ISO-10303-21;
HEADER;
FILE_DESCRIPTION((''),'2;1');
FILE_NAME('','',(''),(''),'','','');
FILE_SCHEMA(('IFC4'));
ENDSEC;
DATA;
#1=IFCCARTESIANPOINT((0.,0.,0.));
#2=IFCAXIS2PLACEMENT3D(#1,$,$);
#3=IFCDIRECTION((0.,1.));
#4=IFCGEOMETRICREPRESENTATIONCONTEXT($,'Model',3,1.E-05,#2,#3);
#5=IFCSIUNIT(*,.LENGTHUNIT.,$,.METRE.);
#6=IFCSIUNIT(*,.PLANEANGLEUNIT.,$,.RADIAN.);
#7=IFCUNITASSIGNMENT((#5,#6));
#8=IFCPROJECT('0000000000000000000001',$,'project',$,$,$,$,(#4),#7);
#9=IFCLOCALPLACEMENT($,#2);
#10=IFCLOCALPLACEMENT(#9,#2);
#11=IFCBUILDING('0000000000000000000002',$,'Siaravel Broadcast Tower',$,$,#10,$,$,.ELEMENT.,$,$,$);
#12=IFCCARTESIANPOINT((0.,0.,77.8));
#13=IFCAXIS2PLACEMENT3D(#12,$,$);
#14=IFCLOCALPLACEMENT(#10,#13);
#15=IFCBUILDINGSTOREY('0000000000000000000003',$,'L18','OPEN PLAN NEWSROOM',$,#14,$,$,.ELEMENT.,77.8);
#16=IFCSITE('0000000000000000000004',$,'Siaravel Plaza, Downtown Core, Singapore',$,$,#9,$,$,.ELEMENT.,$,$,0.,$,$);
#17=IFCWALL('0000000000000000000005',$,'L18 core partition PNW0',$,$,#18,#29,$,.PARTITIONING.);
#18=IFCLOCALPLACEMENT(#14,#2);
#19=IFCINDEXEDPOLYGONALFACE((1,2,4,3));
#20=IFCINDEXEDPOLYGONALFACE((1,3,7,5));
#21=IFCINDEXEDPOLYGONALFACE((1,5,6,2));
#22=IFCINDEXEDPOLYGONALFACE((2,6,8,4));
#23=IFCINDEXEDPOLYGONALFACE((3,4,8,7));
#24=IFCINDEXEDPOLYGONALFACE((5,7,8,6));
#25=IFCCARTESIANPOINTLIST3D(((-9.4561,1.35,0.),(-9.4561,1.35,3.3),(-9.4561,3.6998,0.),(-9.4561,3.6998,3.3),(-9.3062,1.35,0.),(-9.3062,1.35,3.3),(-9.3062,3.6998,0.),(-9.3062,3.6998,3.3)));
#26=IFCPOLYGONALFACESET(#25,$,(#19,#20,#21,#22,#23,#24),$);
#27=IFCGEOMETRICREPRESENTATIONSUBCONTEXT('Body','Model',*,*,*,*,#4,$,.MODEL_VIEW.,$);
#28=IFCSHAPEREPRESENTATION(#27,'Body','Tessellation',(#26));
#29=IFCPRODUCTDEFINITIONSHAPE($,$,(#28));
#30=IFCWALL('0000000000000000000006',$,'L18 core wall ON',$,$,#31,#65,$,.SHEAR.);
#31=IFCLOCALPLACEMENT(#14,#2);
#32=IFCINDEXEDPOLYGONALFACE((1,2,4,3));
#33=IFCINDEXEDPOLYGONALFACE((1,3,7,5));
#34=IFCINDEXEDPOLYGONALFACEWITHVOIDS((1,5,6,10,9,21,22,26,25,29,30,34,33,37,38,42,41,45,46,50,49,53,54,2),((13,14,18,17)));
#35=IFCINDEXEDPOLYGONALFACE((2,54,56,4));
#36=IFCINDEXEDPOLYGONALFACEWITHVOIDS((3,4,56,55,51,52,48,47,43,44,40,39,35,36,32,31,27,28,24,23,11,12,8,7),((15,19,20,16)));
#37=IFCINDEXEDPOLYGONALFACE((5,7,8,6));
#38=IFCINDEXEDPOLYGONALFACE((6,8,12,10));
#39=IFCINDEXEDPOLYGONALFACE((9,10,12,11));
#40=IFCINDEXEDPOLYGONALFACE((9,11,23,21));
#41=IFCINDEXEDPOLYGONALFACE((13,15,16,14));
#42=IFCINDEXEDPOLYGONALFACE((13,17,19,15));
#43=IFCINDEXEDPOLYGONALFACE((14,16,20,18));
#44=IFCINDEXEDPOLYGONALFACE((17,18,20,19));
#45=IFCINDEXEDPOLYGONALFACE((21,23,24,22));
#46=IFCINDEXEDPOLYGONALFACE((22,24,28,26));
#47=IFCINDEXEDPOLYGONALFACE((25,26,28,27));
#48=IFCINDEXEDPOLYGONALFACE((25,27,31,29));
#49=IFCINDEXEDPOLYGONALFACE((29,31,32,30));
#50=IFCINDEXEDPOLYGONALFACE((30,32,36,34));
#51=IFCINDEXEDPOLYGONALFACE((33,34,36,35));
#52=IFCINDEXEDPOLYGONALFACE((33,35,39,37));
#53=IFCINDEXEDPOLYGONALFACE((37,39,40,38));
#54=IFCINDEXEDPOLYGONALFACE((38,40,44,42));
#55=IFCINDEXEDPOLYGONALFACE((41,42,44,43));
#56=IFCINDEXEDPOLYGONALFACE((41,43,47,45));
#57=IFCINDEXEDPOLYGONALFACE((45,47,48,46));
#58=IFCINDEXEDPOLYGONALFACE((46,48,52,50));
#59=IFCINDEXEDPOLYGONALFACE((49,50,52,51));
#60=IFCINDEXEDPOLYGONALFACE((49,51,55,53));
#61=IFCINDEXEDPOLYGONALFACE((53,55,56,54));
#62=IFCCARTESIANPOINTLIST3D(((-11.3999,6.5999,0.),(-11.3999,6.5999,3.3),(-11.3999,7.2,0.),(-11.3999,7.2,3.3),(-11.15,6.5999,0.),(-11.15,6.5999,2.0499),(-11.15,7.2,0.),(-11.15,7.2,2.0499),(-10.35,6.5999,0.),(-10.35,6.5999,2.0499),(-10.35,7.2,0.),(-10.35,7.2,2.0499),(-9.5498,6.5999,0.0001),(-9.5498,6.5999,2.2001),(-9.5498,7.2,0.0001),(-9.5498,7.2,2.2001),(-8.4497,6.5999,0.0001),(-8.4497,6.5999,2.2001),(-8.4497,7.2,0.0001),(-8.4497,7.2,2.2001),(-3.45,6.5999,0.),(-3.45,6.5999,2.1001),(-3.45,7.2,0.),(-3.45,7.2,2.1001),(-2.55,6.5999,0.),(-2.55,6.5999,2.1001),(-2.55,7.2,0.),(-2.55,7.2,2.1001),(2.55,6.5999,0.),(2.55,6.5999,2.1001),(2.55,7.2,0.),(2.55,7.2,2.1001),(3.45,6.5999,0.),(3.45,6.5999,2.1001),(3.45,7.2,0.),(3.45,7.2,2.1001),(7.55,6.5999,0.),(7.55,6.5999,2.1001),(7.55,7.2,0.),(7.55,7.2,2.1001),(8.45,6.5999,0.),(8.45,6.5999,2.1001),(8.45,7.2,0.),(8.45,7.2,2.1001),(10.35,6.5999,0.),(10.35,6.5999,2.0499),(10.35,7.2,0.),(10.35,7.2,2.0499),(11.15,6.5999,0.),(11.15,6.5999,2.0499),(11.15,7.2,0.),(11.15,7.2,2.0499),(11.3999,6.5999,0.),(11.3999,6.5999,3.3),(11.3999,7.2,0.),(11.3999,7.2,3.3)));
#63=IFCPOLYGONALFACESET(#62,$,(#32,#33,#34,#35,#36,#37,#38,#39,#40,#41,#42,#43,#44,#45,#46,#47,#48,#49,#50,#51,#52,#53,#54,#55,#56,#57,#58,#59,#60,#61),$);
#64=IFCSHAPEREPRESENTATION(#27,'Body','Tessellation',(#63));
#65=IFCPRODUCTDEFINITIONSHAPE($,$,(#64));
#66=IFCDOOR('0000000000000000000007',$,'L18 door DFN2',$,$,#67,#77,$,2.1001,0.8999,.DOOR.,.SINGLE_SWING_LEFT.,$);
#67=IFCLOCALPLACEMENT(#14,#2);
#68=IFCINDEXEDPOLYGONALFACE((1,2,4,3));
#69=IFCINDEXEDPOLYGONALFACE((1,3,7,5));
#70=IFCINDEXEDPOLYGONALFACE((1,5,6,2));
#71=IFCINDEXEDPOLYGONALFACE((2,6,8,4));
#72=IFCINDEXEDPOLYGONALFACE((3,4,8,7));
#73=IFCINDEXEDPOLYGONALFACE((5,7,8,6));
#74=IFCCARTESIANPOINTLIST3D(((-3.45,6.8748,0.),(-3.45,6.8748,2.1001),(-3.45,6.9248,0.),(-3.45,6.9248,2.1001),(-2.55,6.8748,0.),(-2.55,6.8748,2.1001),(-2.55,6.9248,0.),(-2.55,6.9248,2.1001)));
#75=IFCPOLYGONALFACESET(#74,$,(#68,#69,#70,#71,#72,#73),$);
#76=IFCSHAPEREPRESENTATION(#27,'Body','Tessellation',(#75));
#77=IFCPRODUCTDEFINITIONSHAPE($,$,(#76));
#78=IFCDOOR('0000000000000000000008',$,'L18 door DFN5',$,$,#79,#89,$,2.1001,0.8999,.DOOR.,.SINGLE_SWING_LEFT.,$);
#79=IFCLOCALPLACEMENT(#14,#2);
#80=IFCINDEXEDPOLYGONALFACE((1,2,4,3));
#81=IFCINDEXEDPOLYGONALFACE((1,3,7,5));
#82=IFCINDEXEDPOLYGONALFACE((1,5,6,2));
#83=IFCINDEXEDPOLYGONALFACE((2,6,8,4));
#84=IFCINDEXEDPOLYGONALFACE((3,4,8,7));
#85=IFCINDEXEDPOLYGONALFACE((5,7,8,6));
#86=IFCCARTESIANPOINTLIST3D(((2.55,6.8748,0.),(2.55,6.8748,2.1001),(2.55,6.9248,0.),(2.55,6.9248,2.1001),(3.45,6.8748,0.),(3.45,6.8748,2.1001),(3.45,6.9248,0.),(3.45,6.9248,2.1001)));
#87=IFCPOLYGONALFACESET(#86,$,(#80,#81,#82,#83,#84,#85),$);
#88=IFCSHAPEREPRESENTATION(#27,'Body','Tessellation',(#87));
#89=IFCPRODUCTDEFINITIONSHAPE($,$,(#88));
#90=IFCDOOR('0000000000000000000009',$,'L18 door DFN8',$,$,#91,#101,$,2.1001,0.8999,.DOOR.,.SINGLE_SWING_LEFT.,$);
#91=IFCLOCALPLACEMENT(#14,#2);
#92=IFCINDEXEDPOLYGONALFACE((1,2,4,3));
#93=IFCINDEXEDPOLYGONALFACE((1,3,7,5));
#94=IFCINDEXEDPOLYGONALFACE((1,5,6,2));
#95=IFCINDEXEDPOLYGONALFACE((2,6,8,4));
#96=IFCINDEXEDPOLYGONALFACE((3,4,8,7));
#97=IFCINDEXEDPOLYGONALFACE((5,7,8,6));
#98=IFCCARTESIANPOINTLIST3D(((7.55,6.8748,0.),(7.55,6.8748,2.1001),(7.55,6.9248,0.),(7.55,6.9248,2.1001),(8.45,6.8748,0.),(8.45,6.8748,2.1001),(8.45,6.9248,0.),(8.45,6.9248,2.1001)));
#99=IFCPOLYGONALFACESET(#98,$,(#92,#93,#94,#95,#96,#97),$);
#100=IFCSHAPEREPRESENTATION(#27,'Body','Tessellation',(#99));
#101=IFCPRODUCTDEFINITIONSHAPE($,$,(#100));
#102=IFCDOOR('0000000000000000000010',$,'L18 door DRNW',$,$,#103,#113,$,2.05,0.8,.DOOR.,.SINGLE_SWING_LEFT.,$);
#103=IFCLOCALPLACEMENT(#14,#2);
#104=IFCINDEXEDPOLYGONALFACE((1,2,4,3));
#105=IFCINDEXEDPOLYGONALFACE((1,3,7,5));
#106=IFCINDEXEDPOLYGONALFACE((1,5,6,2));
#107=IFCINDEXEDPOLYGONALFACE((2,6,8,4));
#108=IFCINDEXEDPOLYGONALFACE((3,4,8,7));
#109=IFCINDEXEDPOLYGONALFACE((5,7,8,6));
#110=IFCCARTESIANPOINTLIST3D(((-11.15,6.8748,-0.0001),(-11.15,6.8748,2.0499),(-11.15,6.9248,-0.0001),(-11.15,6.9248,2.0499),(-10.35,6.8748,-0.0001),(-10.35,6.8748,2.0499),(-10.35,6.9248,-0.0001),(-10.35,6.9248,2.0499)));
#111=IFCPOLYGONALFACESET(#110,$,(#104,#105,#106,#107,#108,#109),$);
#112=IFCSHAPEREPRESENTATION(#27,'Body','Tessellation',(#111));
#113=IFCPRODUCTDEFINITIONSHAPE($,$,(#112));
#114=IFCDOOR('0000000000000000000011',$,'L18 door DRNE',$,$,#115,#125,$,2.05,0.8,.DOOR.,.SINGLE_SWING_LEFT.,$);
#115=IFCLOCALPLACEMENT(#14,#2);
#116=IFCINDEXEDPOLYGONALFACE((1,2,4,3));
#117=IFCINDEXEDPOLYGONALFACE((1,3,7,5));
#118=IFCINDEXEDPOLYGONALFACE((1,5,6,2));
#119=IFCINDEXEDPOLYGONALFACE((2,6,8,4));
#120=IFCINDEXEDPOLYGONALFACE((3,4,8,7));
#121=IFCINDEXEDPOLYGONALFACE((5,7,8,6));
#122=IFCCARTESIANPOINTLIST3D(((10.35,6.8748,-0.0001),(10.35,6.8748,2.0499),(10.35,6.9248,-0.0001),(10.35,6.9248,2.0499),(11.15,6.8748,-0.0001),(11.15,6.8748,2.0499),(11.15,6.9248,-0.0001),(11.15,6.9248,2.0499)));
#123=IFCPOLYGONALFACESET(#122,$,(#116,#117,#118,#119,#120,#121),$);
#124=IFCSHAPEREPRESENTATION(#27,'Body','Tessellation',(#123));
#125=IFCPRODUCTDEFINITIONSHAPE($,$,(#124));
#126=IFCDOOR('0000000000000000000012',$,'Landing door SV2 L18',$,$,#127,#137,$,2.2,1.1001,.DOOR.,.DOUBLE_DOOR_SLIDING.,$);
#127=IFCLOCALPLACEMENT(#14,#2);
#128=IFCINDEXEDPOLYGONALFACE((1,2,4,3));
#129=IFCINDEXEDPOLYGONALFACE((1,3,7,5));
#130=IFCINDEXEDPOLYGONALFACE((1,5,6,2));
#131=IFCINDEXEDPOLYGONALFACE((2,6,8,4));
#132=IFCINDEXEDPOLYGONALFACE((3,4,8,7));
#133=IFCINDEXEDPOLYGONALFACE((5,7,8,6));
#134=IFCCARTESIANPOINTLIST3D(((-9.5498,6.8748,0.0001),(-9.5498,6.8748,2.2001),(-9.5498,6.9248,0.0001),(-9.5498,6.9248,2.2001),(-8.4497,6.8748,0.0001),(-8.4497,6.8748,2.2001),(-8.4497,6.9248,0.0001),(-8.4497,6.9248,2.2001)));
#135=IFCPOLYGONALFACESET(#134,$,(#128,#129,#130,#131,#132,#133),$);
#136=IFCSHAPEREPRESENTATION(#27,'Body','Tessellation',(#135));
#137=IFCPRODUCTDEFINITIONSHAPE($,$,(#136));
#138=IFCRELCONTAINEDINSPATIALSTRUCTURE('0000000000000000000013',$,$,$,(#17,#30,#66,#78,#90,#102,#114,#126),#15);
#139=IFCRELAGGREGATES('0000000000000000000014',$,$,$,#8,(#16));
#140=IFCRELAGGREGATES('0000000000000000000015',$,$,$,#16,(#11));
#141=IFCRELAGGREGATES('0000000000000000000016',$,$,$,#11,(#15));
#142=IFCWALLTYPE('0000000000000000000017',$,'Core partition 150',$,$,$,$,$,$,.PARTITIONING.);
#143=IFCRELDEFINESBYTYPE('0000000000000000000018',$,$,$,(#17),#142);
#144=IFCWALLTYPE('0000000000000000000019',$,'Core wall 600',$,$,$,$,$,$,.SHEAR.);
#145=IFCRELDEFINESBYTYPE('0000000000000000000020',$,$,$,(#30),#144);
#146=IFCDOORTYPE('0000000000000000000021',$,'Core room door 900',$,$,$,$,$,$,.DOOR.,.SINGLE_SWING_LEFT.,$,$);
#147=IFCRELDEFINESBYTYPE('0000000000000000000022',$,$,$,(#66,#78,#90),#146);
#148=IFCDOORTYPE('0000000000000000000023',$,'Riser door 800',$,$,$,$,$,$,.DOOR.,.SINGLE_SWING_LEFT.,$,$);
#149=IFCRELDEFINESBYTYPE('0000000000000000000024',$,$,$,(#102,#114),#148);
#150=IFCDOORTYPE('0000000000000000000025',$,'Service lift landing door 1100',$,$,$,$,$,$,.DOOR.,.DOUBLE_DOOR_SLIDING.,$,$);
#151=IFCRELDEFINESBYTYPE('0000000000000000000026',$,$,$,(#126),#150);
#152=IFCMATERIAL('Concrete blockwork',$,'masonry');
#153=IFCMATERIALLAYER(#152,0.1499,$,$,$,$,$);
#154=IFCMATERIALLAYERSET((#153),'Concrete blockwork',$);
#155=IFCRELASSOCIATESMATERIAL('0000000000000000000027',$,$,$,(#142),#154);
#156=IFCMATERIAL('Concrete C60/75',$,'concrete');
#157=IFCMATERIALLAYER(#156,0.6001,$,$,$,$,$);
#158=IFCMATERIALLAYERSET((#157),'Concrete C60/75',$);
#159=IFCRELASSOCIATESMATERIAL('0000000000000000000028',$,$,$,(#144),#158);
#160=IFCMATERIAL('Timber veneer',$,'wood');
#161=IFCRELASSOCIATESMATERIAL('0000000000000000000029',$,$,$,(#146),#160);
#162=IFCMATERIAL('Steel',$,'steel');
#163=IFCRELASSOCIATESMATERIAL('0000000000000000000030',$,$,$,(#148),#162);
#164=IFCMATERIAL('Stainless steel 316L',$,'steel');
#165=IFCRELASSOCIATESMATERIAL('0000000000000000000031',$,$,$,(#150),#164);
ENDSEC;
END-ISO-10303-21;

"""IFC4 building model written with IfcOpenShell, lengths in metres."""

from ifc_helpers import new_model, si_unit, direction, frame, frame_2d, origin, place, context, subcontext, project, spatial, rectangle, extrude, material, layer, layer_set, type_object, element, fill, save


model = new_model("IFC4")

# Units and contexts
model_context = context("Model", 3, precision=1e-05, world=origin(), true_north=direction((0.0, 1.0)))
body_context = subcontext(model_context, "Body", "Model", "MODEL_VIEW")
ifc_project = project(units=[si_unit("LENGTHUNIT", "METRE"), si_unit("PLANEANGLEUNIT", "RADIAN")], contexts=[model_context])

# Site, building, storey
site_placement = place(None, origin())
site = spatial("IfcSite", under=ifc_project, at=site_placement, Name="Siaravel Plaza, Downtown Core, Singapore", CompositionType="ELEMENT", RefElevation=0.0)
building_placement = place(site_placement, origin())
building = spatial("IfcBuilding", under=site, at=building_placement, Name="Siaravel Broadcast Tower", CompositionType="ELEMENT")
storey_placement = place(building_placement, frame((0.0, 0.0, 77.8)))
storey = spatial("IfcBuildingStorey", under=building, at=storey_placement, Name="L18", Description="OPEN PLAN NEWSROOM", CompositionType="ELEMENT", Elevation=77.8)

# Wall
ifc_material_1 = material(Name="Concrete blockwork", Category="masonry")
ifc_layer_1 = layer(ifc_material_1, 0.1499)
ifc_layer_set_1 = layer_set([ifc_layer_1], Name="Concrete blockwork")
wall_type_1 = type_object("IfcWallType", Name="Core partition 150", PredefinedType="PARTITIONING", material=ifc_layer_set_1)
wall_1_placement = place(storey_placement, frame((-9.3811, 1.3501, 0.0), z_axis=(0.0, 0.0, 1.0), x_axis=(0.0, 1.0, 0.0)))
element("IfcWall", 1, at=wall_1_placement, inside=storey, type_object=wall_type_1, Name="L18 core partition PNW0", PredefinedType="PARTITIONING", context=body_context, shape_type="SweptSolid", body=[
    extrude(rectangle(XDim=2.3499, YDim=0.1499, at=frame_2d((1.1748, 0.0))), origin(), (0.0, 0.0, 1.0), 3.3),
])

# Wall, openings, doors
ifc_material_2 = material(Name="Concrete C60/75", Category="concrete")
ifc_layer_2 = layer(ifc_material_2, 0.6001)
ifc_layer_set_2 = layer_set([ifc_layer_2], Name="Concrete C60/75")
wall_type_2 = type_object("IfcWallType", Name="Core wall 600", PredefinedType="SHEAR", material=ifc_layer_set_2)
wall_2_placement = place(storey_placement, frame((-11.3999, 6.8999, 0.0), z_axis=(0.0, 0.0, 1.0), x_axis=(1.0, 0.0, 0.0)))
wall_2 = element("IfcWall", 2, at=wall_2_placement, inside=storey, type_object=wall_type_2, Name="L18 core wall ON", PredefinedType="SHEAR", context=body_context, shape_type="SweptSolid", body=[
    extrude(rectangle(XDim=22.7998, YDim=0.6001, at=frame_2d((11.3999, 0.0))), origin(), (0.0, 0.0, 1.0), 3.3),
])
opening_1_placement = place(wall_2_placement, frame((1.8501, 0.0, 0.0)))
opening_1 = element("IfcOpeningElement", 3, at=opening_1_placement, cuts=wall_2, PredefinedType="OPENING", context=body_context, shape_type="SweptSolid", body=[
    extrude(rectangle(XDim=1.1001, YDim=2.2, at=frame_2d((0.55, 1.1001))), frame((0.0, 0.3101, 0.0), z_axis=(0.0, -1.0, 0.0), x_axis=(1.0, 0.0, 0.0)), (0.0, 0.0, 1.0), 0.6201),
])
opening_2_placement = place(wall_2_placement, frame((7.95, 0.0, 0.0)))
opening_2 = element("IfcOpeningElement", 4, at=opening_2_placement, cuts=wall_2, PredefinedType="OPENING", context=body_context, shape_type="SweptSolid", body=[
    extrude(rectangle(XDim=0.8999, YDim=2.1001, at=frame_2d((0.45, 1.05))), frame((0.0, 0.3101, 0.0), z_axis=(0.0, -1.0, 0.0), x_axis=(1.0, 0.0, 0.0)), (0.0, 0.0, 1.0), 0.6201),
])
opening_3_placement = place(wall_2_placement, frame((13.95, 0.0, 0.0)))
opening_3 = element("IfcOpeningElement", 5, at=opening_3_placement, cuts=wall_2, PredefinedType="OPENING", context=body_context, shape_type="SweptSolid", body=[
    extrude(rectangle(XDim=0.8999, YDim=2.1001, at=frame_2d((0.45, 1.05))), frame((0.0, 0.3101, 0.0), z_axis=(0.0, -1.0, 0.0), x_axis=(1.0, 0.0, 0.0)), (0.0, 0.0, 1.0), 0.6201),
])
opening_4_placement = place(wall_2_placement, frame((18.95, 0.0, 0.0)))
opening_4 = element("IfcOpeningElement", 6, at=opening_4_placement, cuts=wall_2, PredefinedType="OPENING", context=body_context, shape_type="SweptSolid", body=[
    extrude(rectangle(XDim=0.8999, YDim=2.1001, at=frame_2d((0.45, 1.05))), frame((0.0, 0.3101, 0.0), z_axis=(0.0, -1.0, 0.0), x_axis=(1.0, 0.0, 0.0)), (0.0, 0.0, 1.0), 0.6201),
])
opening_5_placement = place(wall_2_placement, frame((0.25, 0.0, 0.0)))
opening_5 = element("IfcOpeningElement", 7, at=opening_5_placement, cuts=wall_2, PredefinedType="OPENING", context=body_context, shape_type="SweptSolid", body=[
    extrude(rectangle(XDim=0.8, YDim=2.05, at=frame_2d((0.3999, 1.0249))), frame((0.0, 0.3101, 0.0), z_axis=(0.0, -1.0, 0.0), x_axis=(1.0, 0.0, 0.0)), (0.0, 0.0, 1.0), 0.6201),
])
opening_6_placement = place(wall_2_placement, frame((21.75, 0.0, 0.0)))
opening_6 = element("IfcOpeningElement", 8, at=opening_6_placement, cuts=wall_2, PredefinedType="OPENING", context=body_context, shape_type="SweptSolid", body=[
    extrude(rectangle(XDim=0.8, YDim=2.05, at=frame_2d((0.3999, 1.0249))), frame((0.0, 0.3101, 0.0), z_axis=(0.0, -1.0, 0.0), x_axis=(1.0, 0.0, 0.0)), (0.0, 0.0, 1.0), 0.6201),
])
ifc_material_3 = material(Name="Timber veneer", Category="wood")
door_type_1 = type_object("IfcDoorType", Name="Core room door 900", OperationType="SINGLE_SWING_LEFT", PredefinedType="DOOR", material=ifc_material_3)
door_1_placement = place(opening_2_placement, origin())
door_1 = element("IfcDoor", 9, at=door_1_placement, inside=storey, type_object=door_type_1, Name="L18 door DFN2", OperationType="SINGLE_SWING_LEFT", OverallHeight=2.1001, OverallWidth=0.8999, PredefinedType="DOOR", context=body_context, shape_type="SweptSolid", body=[
    extrude(rectangle(XDim=0.8999, YDim=2.1001, at=frame_2d((0.45, 1.05))), frame((0.0, 0.0249, 0.0), z_axis=(0.0, -1.0, 0.0), x_axis=(1.0, 0.0, 0.0)), (0.0, 0.0, 1.0), 0.05),
])
fill(opening_2, door_1)
door_2_placement = place(opening_3_placement, origin())
door_2 = element("IfcDoor", 10, at=door_2_placement, inside=storey, type_object=door_type_1, Name="L18 door DFN5", OperationType="SINGLE_SWING_LEFT", OverallHeight=2.1001, OverallWidth=0.8999, PredefinedType="DOOR", context=body_context, shape_type="SweptSolid", body=[
    extrude(rectangle(XDim=0.8999, YDim=2.1001, at=frame_2d((0.45, 1.05))), frame((0.0, 0.0249, 0.0), z_axis=(0.0, -1.0, 0.0), x_axis=(1.0, 0.0, 0.0)), (0.0, 0.0, 1.0), 0.05),
])
fill(opening_3, door_2)
door_3_placement = place(opening_4_placement, origin())
door_3 = element("IfcDoor", 11, at=door_3_placement, inside=storey, type_object=door_type_1, Name="L18 door DFN8", OperationType="SINGLE_SWING_LEFT", OverallHeight=2.1001, OverallWidth=0.8999, PredefinedType="DOOR", context=body_context, shape_type="SweptSolid", body=[
    extrude(rectangle(XDim=0.8999, YDim=2.1001, at=frame_2d((0.45, 1.05))), frame((0.0, 0.0249, 0.0), z_axis=(0.0, -1.0, 0.0), x_axis=(1.0, 0.0, 0.0)), (0.0, 0.0, 1.0), 0.05),
])
fill(opening_4, door_3)
ifc_material_4 = material(Name="Steel", Category="steel")
door_type_2 = type_object("IfcDoorType", Name="Riser door 800", OperationType="SINGLE_SWING_LEFT", PredefinedType="DOOR", material=ifc_material_4)
door_4_placement = place(opening_5_placement, origin())
door_4 = element("IfcDoor", 12, at=door_4_placement, inside=storey, type_object=door_type_2, Name="L18 door DRNW", OperationType="SINGLE_SWING_LEFT", OverallHeight=2.05, OverallWidth=0.8, PredefinedType="DOOR", context=body_context, shape_type="SweptSolid", body=[
    extrude(rectangle(XDim=0.8, YDim=2.05, at=frame_2d((0.3999, 1.0249))), frame((0.0, 0.0249, 0.0), z_axis=(0.0, -1.0, 0.0), x_axis=(1.0, 0.0, 0.0)), (0.0, 0.0, 1.0), 0.05),
])
fill(opening_5, door_4)
door_5_placement = place(opening_6_placement, origin())
door_5 = element("IfcDoor", 13, at=door_5_placement, inside=storey, type_object=door_type_2, Name="L18 door DRNE", OperationType="SINGLE_SWING_LEFT", OverallHeight=2.05, OverallWidth=0.8, PredefinedType="DOOR", context=body_context, shape_type="SweptSolid", body=[
    extrude(rectangle(XDim=0.8, YDim=2.05, at=frame_2d((0.3999, 1.0249))), frame((0.0, 0.0249, 0.0), z_axis=(0.0, -1.0, 0.0), x_axis=(1.0, 0.0, 0.0)), (0.0, 0.0, 1.0), 0.05),
])
fill(opening_6, door_5)
ifc_material_5 = material(Name="Stainless steel 316L", Category="steel")
door_type_3 = type_object("IfcDoorType", Name="Service lift landing door 1100", OperationType="DOUBLE_DOOR_SLIDING", PredefinedType="DOOR", material=ifc_material_5)
door_6_placement = place(opening_1_placement, origin())
door_6 = element("IfcDoor", 14, at=door_6_placement, inside=storey, type_object=door_type_3, Name="Landing door SV2 L18", OperationType="DOUBLE_DOOR_SLIDING", OverallHeight=2.2, OverallWidth=1.1001, PredefinedType="DOOR", context=body_context, shape_type="SweptSolid", body=[
    extrude(rectangle(XDim=1.1001, YDim=2.2, at=frame_2d((0.55, 1.1001))), frame((0.0, 0.0249, 0.0), z_axis=(0.0, -1.0, 0.0), x_axis=(1.0, 0.0, 0.0)), (0.0, 0.0, 1.0), 0.05),
])
fill(opening_1, door_6)

save(model, "model.ifc")
